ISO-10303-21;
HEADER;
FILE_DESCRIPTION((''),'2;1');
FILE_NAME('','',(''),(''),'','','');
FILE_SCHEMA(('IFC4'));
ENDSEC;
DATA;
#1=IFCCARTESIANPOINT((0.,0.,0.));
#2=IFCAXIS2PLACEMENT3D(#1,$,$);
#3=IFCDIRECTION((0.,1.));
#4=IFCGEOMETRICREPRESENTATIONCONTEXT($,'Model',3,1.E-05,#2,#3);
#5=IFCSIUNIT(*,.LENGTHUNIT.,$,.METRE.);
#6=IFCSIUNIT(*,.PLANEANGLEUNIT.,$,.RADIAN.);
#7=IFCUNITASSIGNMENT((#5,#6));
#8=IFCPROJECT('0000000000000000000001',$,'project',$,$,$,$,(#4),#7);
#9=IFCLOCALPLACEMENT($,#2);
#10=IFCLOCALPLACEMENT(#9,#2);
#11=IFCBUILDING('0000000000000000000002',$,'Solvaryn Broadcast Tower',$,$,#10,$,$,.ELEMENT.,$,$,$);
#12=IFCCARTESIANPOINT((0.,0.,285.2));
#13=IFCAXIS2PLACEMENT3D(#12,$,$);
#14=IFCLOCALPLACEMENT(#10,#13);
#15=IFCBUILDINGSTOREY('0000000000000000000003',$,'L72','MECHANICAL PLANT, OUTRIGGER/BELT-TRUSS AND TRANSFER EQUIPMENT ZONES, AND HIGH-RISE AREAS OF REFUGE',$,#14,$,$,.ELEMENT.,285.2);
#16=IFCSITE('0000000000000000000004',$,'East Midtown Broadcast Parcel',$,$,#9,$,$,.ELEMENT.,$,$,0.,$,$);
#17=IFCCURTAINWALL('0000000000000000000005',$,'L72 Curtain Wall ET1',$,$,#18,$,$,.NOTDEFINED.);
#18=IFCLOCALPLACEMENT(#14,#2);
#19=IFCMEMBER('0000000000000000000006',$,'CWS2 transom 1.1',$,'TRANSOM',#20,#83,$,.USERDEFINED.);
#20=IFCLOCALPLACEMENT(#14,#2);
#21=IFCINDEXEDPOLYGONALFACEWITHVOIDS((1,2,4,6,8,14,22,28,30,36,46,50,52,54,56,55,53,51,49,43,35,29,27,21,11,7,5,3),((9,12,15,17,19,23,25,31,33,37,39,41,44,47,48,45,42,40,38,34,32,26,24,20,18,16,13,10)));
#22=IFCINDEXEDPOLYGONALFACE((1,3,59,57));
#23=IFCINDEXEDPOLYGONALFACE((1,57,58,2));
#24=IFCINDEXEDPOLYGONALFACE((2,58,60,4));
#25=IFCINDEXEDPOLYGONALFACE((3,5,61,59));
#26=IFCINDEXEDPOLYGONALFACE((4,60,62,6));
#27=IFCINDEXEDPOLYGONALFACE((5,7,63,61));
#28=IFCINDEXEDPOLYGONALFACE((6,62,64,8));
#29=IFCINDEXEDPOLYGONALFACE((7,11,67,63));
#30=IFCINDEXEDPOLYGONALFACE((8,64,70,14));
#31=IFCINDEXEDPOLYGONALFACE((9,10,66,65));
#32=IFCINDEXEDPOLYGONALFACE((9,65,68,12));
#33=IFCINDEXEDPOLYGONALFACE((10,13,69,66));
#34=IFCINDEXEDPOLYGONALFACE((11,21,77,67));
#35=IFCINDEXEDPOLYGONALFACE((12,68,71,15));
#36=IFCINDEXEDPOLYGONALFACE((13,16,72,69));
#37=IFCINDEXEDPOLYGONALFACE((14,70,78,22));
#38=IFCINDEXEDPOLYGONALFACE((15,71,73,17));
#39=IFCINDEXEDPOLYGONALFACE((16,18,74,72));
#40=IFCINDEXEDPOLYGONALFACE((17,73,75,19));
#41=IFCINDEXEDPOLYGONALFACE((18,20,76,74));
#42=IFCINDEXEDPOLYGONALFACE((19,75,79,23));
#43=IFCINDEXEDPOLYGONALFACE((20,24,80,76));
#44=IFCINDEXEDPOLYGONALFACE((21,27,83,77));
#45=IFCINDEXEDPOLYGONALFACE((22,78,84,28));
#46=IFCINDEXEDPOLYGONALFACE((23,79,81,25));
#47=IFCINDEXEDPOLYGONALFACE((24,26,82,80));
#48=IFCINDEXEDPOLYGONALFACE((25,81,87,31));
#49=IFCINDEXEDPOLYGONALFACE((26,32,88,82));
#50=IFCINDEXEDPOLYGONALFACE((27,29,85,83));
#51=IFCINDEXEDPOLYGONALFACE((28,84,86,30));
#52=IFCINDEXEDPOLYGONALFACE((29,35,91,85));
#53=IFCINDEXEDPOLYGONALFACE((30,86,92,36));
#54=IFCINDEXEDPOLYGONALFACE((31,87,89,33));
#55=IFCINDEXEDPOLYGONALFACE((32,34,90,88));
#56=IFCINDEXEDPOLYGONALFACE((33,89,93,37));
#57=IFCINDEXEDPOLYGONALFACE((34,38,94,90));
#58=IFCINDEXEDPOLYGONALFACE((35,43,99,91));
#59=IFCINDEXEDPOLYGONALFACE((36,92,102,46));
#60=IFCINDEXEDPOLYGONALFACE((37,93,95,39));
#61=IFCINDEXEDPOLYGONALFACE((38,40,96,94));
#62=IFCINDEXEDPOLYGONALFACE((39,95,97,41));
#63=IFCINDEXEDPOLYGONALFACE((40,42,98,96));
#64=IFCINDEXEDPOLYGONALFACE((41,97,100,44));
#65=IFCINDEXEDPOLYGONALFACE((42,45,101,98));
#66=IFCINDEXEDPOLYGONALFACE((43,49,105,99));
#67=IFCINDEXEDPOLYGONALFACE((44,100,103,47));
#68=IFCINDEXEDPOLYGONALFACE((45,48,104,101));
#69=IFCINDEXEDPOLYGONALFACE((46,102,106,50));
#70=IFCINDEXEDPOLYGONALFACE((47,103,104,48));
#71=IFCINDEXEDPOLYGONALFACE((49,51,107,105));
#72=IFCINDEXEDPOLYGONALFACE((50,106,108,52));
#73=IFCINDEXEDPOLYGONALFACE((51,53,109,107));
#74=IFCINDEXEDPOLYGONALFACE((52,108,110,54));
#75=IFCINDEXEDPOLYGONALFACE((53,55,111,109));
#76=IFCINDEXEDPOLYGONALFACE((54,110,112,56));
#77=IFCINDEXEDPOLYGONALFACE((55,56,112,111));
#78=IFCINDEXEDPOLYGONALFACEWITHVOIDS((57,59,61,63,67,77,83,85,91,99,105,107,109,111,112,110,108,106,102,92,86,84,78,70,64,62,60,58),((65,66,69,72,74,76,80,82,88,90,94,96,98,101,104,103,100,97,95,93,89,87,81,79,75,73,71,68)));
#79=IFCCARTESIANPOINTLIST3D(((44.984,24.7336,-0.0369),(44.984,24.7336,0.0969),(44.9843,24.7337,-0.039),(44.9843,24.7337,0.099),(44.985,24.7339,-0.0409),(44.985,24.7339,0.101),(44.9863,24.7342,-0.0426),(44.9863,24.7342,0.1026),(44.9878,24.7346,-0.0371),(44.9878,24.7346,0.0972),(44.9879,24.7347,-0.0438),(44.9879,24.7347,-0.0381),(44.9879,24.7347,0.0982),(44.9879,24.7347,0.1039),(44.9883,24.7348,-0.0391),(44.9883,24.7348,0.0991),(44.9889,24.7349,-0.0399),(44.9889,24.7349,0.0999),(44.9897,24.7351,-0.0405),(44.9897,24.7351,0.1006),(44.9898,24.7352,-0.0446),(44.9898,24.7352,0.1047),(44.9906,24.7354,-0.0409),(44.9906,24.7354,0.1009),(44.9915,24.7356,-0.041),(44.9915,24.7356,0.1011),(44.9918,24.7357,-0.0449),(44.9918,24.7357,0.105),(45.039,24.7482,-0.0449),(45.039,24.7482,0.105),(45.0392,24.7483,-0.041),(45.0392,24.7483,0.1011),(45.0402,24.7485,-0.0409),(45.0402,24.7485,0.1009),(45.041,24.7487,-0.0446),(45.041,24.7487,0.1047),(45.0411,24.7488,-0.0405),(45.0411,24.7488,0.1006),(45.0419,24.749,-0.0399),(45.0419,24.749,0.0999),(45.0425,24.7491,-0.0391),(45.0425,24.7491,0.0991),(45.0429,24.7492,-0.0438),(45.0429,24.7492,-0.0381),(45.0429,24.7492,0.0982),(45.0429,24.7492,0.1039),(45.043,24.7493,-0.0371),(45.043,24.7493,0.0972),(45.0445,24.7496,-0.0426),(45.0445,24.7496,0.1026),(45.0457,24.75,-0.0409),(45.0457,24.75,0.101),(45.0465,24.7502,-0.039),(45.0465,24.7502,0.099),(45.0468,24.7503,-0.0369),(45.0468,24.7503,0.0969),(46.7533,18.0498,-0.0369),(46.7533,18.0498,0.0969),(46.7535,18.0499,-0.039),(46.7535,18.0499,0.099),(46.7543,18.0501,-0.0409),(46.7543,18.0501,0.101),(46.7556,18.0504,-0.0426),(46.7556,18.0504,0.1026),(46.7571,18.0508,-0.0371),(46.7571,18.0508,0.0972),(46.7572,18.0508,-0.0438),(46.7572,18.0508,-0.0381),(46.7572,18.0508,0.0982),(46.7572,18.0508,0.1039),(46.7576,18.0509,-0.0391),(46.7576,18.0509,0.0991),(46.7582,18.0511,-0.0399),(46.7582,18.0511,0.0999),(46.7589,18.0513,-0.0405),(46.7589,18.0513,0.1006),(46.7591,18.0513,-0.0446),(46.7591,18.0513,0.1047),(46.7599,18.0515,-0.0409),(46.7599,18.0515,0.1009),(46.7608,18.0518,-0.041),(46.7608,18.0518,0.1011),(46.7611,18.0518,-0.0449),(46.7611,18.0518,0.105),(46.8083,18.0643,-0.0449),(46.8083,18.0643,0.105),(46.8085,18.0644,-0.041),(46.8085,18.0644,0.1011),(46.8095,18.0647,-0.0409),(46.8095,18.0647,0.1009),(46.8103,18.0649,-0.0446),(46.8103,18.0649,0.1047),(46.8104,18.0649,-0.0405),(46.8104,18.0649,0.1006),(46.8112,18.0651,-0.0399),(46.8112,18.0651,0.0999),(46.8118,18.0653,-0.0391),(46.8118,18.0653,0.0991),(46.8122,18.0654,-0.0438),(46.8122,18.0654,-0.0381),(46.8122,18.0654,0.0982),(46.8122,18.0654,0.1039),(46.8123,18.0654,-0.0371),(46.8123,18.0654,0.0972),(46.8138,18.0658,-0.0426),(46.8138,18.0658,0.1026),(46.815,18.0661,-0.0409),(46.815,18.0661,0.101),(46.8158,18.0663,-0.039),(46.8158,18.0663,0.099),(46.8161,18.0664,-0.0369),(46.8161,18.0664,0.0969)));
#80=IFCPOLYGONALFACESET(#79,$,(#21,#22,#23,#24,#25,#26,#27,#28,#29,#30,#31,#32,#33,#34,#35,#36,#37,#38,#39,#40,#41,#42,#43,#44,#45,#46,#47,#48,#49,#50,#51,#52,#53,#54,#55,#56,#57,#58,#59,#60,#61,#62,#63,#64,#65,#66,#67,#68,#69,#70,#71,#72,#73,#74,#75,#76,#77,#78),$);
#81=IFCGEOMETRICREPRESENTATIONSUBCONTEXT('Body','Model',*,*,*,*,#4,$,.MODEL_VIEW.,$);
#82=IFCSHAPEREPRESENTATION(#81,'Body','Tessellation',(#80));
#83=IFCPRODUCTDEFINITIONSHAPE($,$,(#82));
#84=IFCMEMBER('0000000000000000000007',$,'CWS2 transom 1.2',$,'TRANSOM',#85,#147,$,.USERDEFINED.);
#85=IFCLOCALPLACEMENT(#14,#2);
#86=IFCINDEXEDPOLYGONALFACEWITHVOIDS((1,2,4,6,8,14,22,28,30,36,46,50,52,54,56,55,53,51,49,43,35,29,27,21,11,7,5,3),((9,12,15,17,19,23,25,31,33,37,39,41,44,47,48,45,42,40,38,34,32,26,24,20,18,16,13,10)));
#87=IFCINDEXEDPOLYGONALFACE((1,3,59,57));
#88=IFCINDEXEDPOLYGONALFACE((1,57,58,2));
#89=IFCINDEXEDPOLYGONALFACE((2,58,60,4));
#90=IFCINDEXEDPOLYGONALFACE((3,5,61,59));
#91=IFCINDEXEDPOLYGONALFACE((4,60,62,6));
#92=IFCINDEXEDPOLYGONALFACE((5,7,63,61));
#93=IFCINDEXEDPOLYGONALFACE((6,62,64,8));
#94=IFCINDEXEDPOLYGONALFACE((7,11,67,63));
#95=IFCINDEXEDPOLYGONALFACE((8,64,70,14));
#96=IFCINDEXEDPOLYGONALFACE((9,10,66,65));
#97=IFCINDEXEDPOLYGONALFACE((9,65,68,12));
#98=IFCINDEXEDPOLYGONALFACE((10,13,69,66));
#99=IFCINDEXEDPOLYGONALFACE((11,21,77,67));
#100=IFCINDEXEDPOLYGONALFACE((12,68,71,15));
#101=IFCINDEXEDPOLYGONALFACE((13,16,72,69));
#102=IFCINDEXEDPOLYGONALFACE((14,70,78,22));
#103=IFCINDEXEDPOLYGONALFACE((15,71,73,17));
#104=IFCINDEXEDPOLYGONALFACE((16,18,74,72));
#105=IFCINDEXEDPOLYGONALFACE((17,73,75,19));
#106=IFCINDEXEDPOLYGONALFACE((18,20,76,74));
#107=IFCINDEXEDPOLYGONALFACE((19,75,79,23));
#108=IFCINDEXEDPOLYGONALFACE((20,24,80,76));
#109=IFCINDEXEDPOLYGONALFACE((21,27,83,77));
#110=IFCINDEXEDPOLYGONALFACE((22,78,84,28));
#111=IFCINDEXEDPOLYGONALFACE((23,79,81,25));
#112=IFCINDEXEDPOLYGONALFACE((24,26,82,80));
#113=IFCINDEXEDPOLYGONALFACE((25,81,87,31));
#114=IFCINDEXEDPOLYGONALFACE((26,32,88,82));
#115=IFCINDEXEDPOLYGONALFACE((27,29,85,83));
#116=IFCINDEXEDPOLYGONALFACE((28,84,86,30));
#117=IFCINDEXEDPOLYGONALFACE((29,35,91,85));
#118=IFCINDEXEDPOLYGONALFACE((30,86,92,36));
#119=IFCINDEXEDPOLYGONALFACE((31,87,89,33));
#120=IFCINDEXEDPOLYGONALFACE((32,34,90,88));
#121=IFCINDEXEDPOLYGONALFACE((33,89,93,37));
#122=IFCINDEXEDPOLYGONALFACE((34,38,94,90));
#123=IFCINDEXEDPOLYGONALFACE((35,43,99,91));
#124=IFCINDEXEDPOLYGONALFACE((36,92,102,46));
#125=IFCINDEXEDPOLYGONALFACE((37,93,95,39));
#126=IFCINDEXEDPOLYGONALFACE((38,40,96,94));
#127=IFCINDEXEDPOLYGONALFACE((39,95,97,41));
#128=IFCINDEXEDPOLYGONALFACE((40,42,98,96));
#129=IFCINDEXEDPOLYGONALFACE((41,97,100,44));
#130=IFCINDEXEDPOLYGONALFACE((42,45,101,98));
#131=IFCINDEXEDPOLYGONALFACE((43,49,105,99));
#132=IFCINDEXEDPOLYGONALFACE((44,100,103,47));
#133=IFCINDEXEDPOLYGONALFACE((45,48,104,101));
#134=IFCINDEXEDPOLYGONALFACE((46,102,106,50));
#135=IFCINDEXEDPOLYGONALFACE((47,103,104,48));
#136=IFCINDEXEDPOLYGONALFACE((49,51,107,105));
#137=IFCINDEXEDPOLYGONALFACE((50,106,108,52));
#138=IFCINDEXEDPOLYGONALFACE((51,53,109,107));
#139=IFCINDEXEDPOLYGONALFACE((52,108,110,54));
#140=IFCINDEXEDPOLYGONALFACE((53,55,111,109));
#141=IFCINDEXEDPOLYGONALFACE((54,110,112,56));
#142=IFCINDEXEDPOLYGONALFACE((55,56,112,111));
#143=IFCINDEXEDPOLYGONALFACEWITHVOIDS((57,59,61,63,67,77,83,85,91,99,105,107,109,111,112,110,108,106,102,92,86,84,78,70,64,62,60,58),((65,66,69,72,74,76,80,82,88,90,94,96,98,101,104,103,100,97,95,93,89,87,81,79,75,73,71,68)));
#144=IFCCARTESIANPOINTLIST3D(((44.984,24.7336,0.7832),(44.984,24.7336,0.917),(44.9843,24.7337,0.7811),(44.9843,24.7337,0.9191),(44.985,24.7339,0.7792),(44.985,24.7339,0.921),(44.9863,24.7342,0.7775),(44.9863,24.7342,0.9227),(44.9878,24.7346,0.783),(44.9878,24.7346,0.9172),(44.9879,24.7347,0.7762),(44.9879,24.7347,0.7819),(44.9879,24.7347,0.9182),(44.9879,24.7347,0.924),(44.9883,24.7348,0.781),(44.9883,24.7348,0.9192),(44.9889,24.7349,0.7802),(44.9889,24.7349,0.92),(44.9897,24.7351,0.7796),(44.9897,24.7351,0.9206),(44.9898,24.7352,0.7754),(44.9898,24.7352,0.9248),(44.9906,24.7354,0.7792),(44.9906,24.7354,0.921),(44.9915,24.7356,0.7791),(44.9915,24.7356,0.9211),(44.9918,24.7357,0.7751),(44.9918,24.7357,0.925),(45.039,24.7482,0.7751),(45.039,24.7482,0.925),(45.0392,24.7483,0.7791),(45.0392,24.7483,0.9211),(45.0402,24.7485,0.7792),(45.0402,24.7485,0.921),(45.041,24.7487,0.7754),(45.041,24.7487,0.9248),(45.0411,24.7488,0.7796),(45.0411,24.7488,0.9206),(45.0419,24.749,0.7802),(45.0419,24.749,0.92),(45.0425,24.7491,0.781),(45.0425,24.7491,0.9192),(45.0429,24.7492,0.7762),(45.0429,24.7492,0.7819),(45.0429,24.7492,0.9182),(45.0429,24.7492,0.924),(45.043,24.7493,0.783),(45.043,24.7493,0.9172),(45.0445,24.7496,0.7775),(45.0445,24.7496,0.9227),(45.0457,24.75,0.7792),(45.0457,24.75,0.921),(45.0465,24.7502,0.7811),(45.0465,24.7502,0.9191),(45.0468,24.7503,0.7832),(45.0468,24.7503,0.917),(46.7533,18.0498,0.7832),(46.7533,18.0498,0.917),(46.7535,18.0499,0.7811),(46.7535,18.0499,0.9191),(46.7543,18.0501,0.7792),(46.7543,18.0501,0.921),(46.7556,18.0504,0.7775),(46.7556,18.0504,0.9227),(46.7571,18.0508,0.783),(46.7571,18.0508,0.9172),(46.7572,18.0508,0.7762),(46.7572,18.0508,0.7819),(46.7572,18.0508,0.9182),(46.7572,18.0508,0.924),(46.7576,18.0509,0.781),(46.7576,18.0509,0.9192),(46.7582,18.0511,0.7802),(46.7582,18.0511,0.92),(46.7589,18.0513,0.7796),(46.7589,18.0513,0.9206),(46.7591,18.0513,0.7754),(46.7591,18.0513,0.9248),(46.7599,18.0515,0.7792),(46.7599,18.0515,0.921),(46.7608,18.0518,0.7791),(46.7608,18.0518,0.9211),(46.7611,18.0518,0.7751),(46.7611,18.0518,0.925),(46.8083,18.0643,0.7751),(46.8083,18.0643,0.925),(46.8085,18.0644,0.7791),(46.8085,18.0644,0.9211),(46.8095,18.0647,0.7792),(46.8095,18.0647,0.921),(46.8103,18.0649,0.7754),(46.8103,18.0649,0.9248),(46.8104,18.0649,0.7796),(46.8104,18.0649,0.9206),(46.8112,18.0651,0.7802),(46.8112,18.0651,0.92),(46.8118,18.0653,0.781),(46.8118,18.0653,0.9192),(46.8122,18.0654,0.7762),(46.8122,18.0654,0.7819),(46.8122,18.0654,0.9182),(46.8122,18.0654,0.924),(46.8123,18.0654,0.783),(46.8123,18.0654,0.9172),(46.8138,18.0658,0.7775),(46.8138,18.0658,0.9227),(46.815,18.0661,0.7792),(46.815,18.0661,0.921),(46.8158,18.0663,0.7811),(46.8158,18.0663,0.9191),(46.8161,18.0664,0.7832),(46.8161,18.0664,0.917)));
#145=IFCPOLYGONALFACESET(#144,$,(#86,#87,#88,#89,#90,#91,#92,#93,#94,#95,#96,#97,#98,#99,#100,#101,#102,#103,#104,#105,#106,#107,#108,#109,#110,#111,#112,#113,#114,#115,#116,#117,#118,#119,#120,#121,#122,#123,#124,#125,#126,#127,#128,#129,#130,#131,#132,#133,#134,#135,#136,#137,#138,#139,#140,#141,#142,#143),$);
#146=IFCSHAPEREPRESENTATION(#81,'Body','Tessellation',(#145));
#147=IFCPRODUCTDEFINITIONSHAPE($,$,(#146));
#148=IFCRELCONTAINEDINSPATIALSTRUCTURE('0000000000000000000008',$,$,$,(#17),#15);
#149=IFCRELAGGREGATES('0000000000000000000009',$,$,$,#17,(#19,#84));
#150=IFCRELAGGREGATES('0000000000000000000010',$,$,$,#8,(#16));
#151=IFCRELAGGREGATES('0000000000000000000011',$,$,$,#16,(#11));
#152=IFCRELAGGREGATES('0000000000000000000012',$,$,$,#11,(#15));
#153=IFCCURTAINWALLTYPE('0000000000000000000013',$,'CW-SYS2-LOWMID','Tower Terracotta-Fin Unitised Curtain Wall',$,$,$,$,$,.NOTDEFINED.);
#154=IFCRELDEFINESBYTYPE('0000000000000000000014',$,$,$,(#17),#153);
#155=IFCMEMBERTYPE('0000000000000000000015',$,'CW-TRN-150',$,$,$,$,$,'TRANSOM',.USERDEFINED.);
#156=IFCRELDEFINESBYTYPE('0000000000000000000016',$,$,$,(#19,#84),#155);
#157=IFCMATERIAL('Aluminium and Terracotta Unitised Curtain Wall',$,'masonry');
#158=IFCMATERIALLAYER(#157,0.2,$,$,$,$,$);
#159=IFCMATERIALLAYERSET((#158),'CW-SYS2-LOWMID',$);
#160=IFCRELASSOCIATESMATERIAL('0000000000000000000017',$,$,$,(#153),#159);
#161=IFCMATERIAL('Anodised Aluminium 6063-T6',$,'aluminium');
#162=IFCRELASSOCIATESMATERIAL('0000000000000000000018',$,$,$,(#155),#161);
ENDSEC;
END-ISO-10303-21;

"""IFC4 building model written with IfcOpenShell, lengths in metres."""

from ifc_helpers import new_model, si_unit, direction, frame, origin, origin_2d, place, context, subcontext, project, spatial, hollow_rectangle, extrude, material, layer, layer_set, material_profile, profile_set, type_object, element, aggregate, save


model = new_model("IFC4")

# Units and contexts
model_context = context("Model", 3, precision=1e-05, world=origin(), true_north=direction((0.0, 1.0)))
body_context = subcontext(model_context, "Body", "Model", "MODEL_VIEW")
ifc_project = project(units=[si_unit("LENGTHUNIT", "METRE"), si_unit("PLANEANGLEUNIT", "RADIAN")], contexts=[model_context])

# Site, building, storey
site_placement = place(None, origin())
site = spatial("IfcSite", under=ifc_project, at=site_placement, Name="East Midtown Broadcast Parcel", CompositionType="ELEMENT", RefElevation=0.0)
building_placement = place(site_placement, origin())
building = spatial("IfcBuilding", under=site, at=building_placement, Name="Solvaryn Broadcast Tower", CompositionType="ELEMENT")
storey_placement = place(building_placement, frame((0.0, 0.0, 285.2)))
storey = spatial("IfcBuildingStorey", under=building, at=storey_placement, Name="L72", Description="MECHANICAL PLANT, OUTRIGGER/BELT-TRUSS AND TRANSFER EQUIPMENT ZONES, AND HIGH-RISE AREAS OF REFUGE", CompositionType="ELEMENT", Elevation=285.2)

# Curtain wall
ifc_material_1 = material(Name="Aluminium and Terracotta Unitised Curtain Wall", Category="masonry")
ifc_layer_1 = layer(ifc_material_1, 0.2)
ifc_layer_set_1 = layer_set([ifc_layer_1], Name="CW-SYS2-LOWMID")
curtain_wall_type = type_object("IfcCurtainWallType", Name="CW-SYS2-LOWMID", Description="Tower Terracotta-Fin Unitised Curtain Wall", PredefinedType="NOTDEFINED", material=ifc_layer_set_1)
curtain_wall_1_placement = place(storey_placement, origin())
curtain_wall_1 = element("IfcCurtainWall", 1, at=curtain_wall_1_placement, inside=storey, type_object=curtain_wall_type, Name="L72 Curtain Wall ET1", PredefinedType="NOTDEFINED")

# Members
ifc_material_2 = material(Name="Anodised Aluminium 6063-T6", Category="aluminium")
ifc_material_profile_1 = material_profile(ifc_material_2, hollow_rectangle(XDim=0.0649, YDim=0.1499, WallThickness=0.0039, InnerFilletRadius=0.0039, OuterFilletRadius=0.0081, at=origin_2d()))
ifc_profile_set_1 = profile_set([ifc_material_profile_1], Name="Anodised Aluminium 6063-T6")
member_type_1 = type_object("IfcMemberType", Name="CW-TRN-150", ElementType="TRANSOM", PredefinedType="USERDEFINED", material=ifc_profile_set_1)
member_1_placement = place(storey_placement, frame((45.0154, 24.7419, 0.03), z_axis=(0.255897, -0.966704, 0.0), x_axis=(0.966704, 0.255897, 0.0)))
member_1 = element("IfcMember", 2, at=member_1_placement, type_object=member_type_1, Name="CWS2 transom 1.1", ObjectType="TRANSOM", PredefinedType="USERDEFINED", context=body_context, shape_type="SweptSolid", body=[
    extrude(hollow_rectangle(XDim=0.0649, YDim=0.1499, WallThickness=0.0039, InnerFilletRadius=0.0039, OuterFilletRadius=0.0081, at=origin_2d()), origin(), (0.0, 0.0, 1.0), 6.9141),
])
member_2_placement = place(storey_placement, frame((45.0154, 24.7419, 0.8501), z_axis=(0.255897, -0.966704, 0.0), x_axis=(0.966704, 0.255897, 0.0)))
member_2 = element("IfcMember", 3, at=member_2_placement, type_object=member_type_1, Name="CWS2 transom 1.2", ObjectType="TRANSOM", PredefinedType="USERDEFINED", context=body_context, shape_type="SweptSolid", body=[
    extrude(hollow_rectangle(XDim=0.0649, YDim=0.1499, WallThickness=0.0039, InnerFilletRadius=0.0039, OuterFilletRadius=0.0081, at=origin_2d()), origin(), (0.0, 0.0, 1.0), 6.9141),
])

aggregate(curtain_wall_1, [member_1, member_2])

save(model, "model.ifc")
